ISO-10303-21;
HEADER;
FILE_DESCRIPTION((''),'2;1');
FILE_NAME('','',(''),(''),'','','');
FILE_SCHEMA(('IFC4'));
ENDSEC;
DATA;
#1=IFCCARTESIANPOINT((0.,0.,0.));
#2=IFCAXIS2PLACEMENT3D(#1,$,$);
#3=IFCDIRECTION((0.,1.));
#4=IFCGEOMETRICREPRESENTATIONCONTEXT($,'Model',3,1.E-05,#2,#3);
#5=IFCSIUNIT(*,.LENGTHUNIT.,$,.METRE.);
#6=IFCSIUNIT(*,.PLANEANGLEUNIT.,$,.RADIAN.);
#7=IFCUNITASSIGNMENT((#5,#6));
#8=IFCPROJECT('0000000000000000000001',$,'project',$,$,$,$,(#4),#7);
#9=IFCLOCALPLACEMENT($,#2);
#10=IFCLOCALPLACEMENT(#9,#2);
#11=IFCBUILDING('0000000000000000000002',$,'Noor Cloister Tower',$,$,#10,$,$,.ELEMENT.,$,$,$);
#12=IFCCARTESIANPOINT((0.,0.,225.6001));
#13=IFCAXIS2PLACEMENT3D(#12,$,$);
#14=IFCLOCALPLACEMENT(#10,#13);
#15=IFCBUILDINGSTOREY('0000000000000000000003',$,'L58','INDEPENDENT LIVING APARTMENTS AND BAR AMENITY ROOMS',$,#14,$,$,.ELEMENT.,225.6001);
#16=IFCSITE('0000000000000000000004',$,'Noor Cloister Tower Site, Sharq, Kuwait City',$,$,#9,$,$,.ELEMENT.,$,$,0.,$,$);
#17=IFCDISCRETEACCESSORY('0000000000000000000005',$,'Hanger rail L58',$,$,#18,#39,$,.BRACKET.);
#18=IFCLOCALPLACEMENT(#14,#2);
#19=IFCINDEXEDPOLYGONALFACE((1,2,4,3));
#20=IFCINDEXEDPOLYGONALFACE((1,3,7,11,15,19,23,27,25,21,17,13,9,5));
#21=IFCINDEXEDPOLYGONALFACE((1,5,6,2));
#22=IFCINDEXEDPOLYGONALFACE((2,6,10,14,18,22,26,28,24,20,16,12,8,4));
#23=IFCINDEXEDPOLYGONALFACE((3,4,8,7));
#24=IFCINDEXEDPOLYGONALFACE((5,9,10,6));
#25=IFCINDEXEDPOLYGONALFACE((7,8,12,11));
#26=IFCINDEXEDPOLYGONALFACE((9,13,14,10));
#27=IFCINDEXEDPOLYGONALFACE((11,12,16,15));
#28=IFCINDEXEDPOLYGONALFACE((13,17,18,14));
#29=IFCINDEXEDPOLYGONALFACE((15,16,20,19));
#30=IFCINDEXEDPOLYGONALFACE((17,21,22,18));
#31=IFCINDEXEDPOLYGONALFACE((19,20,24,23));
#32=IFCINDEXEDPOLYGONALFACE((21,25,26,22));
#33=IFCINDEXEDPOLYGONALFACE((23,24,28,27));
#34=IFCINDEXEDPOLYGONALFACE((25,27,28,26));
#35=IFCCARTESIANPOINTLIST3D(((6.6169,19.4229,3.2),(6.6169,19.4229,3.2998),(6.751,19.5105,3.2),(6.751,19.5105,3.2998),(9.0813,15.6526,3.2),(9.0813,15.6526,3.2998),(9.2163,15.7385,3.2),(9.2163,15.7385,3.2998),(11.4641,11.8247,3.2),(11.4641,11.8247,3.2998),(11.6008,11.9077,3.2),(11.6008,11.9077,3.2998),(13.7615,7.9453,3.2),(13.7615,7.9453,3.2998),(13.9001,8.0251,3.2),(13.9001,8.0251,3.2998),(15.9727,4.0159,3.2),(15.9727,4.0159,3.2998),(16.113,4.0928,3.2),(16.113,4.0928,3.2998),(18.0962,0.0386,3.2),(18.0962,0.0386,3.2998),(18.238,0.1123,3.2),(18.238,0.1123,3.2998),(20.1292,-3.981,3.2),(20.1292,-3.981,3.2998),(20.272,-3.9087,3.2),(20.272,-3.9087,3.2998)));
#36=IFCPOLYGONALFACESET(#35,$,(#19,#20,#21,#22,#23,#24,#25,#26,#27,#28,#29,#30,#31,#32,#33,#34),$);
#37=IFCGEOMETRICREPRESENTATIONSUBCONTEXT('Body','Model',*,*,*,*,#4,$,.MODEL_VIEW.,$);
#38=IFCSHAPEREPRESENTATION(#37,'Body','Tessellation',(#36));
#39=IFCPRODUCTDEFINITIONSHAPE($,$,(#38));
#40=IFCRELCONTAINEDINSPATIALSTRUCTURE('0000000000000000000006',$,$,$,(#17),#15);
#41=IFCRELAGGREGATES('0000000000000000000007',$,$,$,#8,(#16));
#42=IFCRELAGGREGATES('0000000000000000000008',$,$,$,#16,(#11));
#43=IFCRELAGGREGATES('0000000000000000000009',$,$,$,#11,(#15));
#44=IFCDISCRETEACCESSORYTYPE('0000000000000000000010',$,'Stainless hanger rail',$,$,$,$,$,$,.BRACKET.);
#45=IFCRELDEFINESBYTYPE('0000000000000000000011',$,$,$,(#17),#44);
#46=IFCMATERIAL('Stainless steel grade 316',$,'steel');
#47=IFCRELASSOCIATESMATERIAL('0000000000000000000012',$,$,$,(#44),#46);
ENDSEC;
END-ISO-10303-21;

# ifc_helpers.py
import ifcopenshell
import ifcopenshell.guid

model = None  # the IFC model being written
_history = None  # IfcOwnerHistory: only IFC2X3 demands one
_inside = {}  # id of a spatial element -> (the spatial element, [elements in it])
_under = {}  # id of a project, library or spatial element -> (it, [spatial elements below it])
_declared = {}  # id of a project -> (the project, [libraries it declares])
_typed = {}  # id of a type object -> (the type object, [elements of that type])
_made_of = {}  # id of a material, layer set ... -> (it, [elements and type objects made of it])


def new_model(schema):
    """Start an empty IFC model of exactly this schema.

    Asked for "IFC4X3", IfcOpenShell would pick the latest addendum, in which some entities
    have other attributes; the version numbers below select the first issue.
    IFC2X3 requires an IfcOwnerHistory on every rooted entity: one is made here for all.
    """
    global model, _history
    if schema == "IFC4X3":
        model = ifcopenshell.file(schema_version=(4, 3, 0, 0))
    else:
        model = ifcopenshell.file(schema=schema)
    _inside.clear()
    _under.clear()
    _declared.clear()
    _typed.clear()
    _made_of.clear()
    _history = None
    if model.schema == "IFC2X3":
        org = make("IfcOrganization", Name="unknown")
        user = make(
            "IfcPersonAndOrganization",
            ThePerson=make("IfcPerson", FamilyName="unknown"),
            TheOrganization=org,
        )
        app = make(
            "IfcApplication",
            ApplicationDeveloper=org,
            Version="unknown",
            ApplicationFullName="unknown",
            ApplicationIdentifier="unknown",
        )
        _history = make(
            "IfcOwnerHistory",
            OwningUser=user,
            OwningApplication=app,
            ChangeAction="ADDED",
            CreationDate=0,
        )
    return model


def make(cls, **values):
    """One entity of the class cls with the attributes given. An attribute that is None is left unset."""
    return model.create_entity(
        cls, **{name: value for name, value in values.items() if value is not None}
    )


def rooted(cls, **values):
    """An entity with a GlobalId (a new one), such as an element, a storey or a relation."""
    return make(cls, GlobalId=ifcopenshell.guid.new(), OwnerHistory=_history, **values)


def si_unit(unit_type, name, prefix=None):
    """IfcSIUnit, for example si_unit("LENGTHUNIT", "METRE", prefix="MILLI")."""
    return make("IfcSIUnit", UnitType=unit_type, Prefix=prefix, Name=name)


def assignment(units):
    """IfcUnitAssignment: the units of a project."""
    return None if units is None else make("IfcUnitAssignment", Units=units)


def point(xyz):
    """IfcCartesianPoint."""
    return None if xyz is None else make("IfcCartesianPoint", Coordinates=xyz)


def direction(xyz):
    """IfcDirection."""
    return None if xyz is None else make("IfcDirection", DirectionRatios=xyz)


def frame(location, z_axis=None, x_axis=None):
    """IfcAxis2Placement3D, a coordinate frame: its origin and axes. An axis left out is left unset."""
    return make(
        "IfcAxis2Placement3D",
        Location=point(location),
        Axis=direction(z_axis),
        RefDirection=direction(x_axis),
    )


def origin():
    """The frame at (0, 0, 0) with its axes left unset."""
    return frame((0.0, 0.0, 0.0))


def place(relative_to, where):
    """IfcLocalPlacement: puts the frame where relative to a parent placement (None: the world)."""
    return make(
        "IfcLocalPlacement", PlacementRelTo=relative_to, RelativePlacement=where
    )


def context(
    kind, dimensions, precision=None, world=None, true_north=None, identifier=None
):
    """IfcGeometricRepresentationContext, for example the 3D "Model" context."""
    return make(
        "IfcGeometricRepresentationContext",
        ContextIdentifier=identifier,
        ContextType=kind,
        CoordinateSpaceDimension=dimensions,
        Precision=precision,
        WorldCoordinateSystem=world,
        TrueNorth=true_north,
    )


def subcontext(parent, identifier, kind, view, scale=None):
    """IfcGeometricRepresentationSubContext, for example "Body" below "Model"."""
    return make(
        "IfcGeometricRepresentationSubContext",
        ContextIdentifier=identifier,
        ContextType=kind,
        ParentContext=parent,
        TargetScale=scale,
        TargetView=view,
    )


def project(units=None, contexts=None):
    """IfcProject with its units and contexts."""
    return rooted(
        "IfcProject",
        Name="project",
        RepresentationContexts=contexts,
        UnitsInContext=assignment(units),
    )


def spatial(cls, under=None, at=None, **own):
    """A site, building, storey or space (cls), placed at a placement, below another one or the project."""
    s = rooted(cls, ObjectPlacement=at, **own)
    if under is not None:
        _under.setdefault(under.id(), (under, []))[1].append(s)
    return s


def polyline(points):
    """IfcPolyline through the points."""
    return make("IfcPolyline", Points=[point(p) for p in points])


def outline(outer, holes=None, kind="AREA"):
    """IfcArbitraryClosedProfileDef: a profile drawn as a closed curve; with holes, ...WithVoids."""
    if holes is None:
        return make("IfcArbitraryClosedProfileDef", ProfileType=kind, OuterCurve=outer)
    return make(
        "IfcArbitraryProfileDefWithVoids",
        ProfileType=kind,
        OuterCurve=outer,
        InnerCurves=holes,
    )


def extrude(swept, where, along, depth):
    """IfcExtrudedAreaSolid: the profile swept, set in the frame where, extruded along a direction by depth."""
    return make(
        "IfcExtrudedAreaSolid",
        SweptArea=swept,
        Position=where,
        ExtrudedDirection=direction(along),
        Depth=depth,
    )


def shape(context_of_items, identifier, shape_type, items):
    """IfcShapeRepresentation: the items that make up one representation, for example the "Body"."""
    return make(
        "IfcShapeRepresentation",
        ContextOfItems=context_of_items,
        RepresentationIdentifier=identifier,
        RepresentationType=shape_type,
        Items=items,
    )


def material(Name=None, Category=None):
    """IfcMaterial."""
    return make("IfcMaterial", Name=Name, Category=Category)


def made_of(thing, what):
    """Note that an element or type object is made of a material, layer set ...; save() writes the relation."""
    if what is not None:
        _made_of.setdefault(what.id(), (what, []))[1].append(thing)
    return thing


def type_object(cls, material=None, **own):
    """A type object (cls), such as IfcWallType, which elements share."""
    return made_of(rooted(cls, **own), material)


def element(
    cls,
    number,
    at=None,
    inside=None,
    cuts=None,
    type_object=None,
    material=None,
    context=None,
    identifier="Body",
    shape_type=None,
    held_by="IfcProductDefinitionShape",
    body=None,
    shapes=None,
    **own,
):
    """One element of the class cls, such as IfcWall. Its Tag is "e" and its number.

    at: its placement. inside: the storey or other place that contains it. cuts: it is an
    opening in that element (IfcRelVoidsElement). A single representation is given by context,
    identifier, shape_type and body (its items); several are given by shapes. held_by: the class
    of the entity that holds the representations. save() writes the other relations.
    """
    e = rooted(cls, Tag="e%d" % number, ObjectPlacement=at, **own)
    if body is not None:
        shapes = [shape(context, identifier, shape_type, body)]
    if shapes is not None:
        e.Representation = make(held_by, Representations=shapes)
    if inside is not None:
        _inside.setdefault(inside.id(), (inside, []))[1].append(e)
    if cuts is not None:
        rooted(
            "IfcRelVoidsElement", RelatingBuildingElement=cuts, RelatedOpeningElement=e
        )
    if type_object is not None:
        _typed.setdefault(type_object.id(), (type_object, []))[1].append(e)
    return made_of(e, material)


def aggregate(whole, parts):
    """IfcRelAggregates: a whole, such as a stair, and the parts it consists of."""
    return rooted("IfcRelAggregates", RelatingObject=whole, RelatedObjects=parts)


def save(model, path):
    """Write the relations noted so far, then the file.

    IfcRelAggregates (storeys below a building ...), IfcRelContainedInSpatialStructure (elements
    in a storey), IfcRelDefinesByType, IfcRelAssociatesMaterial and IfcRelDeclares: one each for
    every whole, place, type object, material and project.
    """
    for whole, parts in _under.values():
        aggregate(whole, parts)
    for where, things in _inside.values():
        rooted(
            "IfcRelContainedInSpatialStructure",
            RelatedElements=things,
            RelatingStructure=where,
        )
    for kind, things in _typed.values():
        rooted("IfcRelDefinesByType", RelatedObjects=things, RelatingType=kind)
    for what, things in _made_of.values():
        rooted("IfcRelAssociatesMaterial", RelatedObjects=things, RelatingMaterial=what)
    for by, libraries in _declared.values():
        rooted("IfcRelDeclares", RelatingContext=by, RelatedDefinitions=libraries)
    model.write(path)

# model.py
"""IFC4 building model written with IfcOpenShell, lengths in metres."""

from ifc_helpers import new_model, si_unit, direction, frame, origin, place, context, subcontext, project, spatial, polyline, outline, extrude, material, type_object, element, save


model = new_model("IFC4")

# Units and contexts
model_context = context("Model", 3, precision=1e-05, world=origin(), true_north=direction((0.0, 1.0)))
body_context = subcontext(model_context, "Body", "Model", "MODEL_VIEW")
ifc_project = project(units=[si_unit("LENGTHUNIT", "METRE"), si_unit("PLANEANGLEUNIT", "RADIAN")], contexts=[model_context])

# Site, building, storey
site_placement = place(None, origin())
site = spatial("IfcSite", under=ifc_project, at=site_placement, Name="Noor Cloister Tower Site, Sharq, Kuwait City", CompositionType="ELEMENT", RefElevation=0.0)
building_placement = place(site_placement, origin())
building = spatial("IfcBuilding", under=site, at=building_placement, Name="Noor Cloister Tower", CompositionType="ELEMENT")
storey_placement = place(building_placement, frame((0.0, 0.0, 225.6001)))
storey = spatial("IfcBuildingStorey", under=building, at=storey_placement, Name="L58", Description="INDEPENDENT LIVING APARTMENTS AND BAR AMENITY ROOMS", CompositionType="ELEMENT", Elevation=225.6001)

# Discrete accessory
ifc_material_1 = material(Name="Stainless steel grade 316", Category="steel")
discrete_accessory_type = type_object("IfcDiscreteAccessoryType", Name="Stainless hanger rail", PredefinedType="BRACKET", material=ifc_material_1)
discrete_accessory_1_placement = place(storey_placement, frame((0.0, 0.0, 3.2)))
element("IfcDiscreteAccessory", 1, at=discrete_accessory_1_placement, inside=storey, type_object=discrete_accessory_type, Name="Hanger rail L58", PredefinedType="BRACKET", context=body_context, shape_type="SweptSolid", body=[
    extrude(outline(polyline([(20.272, -3.9087), (18.238, 0.1123), (16.113, 4.0928), (13.9001, 8.0251), (11.6008, 11.9077), (9.2163, 15.7385), (6.751, 19.5105), (6.6169, 19.4229), (9.0813, 15.6526), (11.4641, 11.8247), (13.7615, 7.9453), (15.9727, 4.0159), (18.0962, 0.0386), (20.1292, -3.981), (20.272, -3.9087)])), origin(), (0.0, 0.0, 1.0), 0.0999),
])

save(model, "model.ifc")
